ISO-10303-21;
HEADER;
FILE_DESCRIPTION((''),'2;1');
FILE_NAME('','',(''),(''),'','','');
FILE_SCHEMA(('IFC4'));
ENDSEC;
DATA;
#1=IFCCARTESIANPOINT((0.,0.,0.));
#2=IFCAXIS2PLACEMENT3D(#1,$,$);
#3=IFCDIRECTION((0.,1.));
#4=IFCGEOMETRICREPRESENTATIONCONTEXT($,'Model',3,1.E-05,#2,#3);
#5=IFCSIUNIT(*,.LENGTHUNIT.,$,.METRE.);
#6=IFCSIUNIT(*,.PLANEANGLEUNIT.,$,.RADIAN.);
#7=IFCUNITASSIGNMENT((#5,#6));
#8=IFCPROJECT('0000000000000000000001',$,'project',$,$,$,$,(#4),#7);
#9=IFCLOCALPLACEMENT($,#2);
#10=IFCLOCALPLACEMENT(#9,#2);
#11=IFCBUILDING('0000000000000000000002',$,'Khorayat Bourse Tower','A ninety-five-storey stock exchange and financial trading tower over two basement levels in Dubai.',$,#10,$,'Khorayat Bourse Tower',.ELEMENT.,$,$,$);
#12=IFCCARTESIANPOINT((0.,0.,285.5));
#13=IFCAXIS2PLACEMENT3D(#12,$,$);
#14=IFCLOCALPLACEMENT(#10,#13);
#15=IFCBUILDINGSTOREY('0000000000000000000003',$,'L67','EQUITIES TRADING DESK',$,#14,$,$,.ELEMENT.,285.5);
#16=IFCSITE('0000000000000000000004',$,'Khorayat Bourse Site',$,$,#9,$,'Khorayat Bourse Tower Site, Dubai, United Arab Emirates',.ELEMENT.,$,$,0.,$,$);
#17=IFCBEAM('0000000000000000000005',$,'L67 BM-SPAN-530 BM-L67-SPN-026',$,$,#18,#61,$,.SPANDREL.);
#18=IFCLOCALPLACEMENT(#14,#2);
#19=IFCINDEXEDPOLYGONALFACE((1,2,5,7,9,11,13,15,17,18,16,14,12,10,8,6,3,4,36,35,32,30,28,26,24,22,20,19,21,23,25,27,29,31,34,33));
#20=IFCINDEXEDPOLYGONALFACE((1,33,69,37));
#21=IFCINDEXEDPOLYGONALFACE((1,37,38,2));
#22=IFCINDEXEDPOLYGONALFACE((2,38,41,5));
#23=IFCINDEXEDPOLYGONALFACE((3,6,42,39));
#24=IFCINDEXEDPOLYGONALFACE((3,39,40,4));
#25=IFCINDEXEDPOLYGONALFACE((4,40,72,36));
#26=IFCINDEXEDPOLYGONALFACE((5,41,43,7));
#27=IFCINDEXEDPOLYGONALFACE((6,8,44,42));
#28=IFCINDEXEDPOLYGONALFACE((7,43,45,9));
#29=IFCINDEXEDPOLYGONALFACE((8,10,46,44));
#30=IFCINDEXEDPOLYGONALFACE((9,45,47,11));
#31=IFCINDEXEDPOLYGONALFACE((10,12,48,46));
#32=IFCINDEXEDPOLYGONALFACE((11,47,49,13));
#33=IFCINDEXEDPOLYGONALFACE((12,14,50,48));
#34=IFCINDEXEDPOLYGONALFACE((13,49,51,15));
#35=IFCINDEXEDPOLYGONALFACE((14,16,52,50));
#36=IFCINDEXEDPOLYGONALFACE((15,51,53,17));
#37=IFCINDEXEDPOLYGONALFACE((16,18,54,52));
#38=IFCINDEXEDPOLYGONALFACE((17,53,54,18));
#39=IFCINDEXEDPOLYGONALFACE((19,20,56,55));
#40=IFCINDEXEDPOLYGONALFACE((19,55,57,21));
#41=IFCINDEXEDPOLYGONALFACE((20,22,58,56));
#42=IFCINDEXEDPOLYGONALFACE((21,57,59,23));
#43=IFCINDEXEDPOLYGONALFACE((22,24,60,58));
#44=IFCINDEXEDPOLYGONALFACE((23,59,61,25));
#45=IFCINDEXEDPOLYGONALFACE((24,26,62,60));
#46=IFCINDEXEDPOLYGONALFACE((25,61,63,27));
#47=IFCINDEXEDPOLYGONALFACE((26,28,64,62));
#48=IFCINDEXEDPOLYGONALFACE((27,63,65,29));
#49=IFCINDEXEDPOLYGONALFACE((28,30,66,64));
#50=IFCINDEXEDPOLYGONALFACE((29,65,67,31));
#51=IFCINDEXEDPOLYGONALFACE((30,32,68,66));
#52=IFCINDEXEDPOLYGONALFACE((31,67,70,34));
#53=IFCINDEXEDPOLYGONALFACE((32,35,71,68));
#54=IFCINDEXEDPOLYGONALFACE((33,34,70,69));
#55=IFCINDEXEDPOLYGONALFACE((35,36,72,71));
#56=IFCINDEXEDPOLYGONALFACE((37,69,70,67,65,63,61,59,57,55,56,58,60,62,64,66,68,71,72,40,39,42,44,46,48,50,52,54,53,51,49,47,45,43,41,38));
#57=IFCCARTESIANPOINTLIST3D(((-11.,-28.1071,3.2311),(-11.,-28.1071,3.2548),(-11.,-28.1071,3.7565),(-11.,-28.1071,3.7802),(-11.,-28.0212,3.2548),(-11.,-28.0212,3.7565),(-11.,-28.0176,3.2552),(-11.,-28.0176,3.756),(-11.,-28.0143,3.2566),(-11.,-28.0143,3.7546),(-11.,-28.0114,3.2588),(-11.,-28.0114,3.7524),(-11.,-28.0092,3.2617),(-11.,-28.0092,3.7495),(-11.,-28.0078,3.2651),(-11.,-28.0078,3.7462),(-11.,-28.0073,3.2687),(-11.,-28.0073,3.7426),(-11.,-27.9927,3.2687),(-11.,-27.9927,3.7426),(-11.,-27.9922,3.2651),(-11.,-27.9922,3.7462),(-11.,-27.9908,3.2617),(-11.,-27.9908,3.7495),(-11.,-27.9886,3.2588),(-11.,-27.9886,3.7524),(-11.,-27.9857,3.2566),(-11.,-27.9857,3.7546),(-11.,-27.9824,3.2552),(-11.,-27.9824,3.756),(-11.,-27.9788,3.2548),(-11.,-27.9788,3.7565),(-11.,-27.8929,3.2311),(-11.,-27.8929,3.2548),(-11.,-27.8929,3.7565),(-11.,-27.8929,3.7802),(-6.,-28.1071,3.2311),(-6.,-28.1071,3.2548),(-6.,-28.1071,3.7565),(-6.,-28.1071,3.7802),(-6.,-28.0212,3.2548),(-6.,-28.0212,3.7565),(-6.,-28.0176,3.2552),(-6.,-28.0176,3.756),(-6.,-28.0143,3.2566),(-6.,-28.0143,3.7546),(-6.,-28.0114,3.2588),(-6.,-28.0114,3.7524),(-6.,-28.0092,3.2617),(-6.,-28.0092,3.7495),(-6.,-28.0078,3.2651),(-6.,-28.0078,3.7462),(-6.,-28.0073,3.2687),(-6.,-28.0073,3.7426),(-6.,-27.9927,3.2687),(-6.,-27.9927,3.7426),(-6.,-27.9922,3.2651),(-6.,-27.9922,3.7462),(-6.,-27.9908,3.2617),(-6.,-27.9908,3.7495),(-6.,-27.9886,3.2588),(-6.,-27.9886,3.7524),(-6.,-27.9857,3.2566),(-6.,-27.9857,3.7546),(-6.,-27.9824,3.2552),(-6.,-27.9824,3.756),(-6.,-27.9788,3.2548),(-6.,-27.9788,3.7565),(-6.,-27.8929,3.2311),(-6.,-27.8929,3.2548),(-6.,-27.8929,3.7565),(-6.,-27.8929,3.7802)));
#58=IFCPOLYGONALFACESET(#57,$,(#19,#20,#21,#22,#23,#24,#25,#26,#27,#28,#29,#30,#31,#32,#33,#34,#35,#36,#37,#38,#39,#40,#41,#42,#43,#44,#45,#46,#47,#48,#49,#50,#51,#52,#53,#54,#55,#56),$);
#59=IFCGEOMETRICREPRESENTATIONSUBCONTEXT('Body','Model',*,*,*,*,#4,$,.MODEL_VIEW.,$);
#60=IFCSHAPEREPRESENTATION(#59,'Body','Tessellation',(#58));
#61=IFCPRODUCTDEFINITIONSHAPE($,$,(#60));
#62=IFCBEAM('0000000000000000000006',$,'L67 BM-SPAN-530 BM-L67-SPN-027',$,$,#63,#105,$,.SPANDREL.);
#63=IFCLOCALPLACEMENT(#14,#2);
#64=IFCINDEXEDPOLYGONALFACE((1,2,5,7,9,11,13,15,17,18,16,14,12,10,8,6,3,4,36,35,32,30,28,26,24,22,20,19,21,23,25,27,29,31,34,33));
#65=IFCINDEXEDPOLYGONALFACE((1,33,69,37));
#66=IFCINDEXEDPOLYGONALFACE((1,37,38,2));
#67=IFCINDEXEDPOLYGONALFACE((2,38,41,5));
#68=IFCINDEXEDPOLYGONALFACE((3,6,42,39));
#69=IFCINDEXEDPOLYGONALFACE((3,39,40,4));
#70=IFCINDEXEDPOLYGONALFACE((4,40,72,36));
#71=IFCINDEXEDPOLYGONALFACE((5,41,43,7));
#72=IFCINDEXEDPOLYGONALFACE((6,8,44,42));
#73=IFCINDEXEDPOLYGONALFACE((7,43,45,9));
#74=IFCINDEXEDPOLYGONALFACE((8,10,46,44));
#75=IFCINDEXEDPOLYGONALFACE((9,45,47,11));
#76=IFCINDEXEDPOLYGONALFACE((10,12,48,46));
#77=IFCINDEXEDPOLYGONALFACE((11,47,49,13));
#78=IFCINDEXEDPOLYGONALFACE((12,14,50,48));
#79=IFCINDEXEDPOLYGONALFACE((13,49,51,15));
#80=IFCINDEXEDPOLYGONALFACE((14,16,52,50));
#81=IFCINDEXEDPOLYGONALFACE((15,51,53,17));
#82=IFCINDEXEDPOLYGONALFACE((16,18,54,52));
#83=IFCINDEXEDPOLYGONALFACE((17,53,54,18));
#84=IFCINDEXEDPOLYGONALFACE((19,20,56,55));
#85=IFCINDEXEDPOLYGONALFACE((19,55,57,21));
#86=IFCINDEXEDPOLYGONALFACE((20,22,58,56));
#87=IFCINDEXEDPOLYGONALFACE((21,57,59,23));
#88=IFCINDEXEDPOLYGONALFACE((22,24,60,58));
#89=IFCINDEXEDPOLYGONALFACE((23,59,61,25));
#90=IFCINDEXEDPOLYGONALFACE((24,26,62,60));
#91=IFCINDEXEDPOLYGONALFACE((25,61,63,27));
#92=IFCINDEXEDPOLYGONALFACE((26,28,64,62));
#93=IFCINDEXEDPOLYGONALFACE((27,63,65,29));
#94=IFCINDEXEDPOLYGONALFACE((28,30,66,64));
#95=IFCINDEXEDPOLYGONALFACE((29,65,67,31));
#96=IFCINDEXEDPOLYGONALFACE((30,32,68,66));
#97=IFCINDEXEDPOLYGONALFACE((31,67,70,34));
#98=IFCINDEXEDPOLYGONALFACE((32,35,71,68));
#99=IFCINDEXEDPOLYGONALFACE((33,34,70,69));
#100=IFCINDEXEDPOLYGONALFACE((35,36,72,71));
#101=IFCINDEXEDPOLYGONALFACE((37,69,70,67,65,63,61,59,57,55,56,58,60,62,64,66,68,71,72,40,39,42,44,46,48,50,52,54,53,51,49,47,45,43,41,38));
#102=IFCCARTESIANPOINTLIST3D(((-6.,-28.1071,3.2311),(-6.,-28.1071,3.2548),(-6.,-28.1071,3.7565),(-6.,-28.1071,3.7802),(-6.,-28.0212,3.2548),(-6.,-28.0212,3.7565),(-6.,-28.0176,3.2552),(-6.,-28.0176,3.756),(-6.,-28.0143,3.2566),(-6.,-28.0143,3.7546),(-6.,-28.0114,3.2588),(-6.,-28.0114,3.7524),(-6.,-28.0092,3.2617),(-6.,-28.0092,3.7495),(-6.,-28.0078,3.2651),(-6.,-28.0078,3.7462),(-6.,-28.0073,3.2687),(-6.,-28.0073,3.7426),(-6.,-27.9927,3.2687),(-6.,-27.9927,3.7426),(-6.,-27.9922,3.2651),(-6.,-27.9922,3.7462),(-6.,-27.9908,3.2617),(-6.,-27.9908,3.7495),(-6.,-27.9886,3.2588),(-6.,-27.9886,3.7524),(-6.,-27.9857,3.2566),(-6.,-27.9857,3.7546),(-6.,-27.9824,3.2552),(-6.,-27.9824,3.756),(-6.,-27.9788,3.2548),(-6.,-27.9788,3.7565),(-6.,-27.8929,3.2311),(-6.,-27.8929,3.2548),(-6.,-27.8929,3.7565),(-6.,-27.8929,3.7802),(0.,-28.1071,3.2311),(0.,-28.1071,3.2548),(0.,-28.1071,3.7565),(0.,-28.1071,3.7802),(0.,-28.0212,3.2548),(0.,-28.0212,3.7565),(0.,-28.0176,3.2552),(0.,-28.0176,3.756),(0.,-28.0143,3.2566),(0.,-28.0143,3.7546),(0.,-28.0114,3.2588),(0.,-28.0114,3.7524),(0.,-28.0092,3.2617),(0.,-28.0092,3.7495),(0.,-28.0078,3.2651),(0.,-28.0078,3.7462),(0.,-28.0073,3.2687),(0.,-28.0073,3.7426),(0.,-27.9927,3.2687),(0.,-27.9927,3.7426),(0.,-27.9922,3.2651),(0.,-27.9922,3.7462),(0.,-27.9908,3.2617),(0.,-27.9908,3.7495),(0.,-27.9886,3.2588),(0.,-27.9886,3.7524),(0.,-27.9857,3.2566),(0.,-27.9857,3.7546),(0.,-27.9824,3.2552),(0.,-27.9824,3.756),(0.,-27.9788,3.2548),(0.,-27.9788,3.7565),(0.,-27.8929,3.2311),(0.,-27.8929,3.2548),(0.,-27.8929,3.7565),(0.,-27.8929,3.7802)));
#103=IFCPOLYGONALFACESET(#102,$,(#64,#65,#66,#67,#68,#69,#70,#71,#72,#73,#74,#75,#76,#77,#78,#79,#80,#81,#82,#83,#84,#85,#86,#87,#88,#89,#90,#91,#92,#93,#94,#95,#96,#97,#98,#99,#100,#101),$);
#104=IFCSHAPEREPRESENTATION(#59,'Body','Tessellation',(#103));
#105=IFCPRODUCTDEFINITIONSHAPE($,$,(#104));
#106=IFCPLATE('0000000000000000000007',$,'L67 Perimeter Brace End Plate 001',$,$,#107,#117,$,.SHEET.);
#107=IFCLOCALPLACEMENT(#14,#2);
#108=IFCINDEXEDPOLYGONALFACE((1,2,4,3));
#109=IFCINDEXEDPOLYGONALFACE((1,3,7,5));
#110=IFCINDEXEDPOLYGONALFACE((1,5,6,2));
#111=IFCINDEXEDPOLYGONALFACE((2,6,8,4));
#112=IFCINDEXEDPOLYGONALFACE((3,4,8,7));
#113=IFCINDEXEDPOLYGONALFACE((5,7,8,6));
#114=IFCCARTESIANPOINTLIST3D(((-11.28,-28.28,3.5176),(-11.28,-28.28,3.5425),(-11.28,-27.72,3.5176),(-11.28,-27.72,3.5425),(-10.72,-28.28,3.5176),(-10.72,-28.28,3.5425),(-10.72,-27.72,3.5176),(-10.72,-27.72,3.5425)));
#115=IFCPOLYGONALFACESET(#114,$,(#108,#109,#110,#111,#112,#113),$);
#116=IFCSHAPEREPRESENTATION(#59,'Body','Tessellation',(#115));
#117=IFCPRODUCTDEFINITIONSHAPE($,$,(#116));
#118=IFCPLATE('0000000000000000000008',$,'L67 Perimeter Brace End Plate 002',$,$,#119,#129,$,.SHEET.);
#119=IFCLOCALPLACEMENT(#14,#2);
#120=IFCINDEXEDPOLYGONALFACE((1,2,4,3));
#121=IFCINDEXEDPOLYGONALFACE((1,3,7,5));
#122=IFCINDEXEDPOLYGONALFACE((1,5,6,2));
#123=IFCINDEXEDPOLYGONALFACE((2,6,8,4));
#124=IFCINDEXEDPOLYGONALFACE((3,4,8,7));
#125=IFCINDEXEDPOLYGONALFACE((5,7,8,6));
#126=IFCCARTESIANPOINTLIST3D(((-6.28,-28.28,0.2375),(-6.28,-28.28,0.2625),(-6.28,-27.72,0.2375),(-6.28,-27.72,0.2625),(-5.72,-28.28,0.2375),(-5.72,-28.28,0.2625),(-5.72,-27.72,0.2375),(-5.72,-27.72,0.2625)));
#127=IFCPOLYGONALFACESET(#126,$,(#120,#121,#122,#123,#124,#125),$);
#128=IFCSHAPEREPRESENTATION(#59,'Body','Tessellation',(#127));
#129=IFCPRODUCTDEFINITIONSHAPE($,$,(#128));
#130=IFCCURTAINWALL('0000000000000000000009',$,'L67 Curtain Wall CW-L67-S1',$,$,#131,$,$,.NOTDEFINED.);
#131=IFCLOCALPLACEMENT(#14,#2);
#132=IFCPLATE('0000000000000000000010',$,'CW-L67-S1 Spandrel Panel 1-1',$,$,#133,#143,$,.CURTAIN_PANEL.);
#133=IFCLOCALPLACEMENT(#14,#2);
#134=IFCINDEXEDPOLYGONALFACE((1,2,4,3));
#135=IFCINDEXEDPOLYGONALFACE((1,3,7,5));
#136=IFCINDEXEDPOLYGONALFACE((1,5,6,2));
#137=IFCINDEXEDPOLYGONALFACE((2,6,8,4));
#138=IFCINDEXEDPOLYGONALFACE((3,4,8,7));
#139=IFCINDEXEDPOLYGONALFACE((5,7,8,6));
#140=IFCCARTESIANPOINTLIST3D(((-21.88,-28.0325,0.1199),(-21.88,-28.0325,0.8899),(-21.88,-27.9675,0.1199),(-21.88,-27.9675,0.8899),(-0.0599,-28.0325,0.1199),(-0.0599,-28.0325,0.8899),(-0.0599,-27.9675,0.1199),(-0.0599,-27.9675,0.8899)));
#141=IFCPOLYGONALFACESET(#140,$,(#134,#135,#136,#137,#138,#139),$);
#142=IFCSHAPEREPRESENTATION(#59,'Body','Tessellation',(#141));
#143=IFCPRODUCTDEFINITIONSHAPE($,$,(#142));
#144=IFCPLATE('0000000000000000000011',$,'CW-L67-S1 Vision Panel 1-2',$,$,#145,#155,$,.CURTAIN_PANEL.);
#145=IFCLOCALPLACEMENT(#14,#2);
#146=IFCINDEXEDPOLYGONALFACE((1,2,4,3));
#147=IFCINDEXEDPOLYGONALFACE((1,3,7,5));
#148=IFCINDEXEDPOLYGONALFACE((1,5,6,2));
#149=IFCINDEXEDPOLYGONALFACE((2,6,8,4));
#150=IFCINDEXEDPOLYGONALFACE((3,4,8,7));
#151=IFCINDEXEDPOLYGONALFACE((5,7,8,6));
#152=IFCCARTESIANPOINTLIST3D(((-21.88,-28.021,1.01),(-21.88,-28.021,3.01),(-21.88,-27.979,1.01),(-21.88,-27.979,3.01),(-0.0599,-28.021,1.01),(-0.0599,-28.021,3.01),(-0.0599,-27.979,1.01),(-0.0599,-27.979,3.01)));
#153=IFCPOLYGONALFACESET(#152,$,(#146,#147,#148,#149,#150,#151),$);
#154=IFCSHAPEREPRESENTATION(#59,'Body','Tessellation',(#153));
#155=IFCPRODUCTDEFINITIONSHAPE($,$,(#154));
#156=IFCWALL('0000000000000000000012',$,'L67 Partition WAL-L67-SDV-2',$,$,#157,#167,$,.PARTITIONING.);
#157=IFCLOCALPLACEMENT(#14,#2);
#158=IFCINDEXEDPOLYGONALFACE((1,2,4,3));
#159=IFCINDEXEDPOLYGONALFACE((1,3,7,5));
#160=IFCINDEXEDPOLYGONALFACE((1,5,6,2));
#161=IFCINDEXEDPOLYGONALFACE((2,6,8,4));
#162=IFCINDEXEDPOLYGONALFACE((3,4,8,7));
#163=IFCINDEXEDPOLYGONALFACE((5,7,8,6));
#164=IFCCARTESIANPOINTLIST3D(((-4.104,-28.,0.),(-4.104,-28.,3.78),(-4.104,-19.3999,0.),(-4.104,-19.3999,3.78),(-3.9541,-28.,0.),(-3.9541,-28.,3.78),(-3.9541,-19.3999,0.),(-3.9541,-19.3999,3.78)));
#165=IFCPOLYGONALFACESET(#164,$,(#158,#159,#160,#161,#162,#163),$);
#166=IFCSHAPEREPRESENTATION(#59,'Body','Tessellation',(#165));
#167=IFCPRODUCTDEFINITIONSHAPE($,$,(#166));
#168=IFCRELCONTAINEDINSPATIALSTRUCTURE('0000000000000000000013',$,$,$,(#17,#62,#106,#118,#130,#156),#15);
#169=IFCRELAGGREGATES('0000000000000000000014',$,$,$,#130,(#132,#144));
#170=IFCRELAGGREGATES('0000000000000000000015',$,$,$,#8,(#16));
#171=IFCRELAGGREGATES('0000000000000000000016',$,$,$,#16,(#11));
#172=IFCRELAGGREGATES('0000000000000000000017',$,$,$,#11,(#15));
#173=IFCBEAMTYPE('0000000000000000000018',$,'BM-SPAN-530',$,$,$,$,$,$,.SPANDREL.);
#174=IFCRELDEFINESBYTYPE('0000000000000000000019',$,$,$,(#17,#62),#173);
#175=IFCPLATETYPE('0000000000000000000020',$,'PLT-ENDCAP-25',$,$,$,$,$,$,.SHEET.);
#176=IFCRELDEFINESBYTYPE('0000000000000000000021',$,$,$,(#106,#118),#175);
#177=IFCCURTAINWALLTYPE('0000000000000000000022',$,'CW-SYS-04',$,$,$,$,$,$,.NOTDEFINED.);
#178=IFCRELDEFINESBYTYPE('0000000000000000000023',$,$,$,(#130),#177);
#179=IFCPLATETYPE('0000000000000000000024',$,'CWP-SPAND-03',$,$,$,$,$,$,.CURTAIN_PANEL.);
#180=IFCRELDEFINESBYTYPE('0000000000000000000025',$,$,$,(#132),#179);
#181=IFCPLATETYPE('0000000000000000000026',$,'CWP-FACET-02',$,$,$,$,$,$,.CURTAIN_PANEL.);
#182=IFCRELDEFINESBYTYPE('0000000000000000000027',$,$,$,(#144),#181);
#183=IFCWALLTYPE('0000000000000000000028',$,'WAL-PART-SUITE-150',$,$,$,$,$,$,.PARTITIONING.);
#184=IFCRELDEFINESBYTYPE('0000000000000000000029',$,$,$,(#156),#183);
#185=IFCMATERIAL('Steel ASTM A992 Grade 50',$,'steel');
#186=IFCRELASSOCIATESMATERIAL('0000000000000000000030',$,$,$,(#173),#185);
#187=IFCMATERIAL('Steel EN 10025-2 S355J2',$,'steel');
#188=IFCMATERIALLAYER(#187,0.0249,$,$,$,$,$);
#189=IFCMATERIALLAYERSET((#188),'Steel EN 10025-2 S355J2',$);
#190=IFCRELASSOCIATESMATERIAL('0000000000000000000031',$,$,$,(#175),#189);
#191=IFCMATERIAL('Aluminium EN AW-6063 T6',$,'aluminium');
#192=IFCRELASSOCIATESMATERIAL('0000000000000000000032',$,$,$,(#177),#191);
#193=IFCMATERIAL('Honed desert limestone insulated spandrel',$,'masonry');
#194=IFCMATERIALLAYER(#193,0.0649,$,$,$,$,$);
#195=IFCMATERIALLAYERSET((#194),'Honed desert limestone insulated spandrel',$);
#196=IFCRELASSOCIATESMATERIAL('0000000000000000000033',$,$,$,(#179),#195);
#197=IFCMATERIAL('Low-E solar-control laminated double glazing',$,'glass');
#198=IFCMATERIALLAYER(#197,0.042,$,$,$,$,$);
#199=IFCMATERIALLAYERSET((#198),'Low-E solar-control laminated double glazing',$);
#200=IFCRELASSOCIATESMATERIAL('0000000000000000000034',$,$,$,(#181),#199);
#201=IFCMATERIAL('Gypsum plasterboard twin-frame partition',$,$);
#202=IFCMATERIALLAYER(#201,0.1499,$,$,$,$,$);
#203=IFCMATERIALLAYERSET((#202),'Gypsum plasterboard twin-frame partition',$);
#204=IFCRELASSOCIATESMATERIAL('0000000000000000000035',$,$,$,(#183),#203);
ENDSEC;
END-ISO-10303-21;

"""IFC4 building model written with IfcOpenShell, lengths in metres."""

from ifc_helpers import new_model, si_unit, direction, frame, frame_2d, origin, origin_2d, place, context, subcontext, project, spatial, rectangle, i_section, extrude, source, transform, mapped, material, layer, layer_set, material_profile, profile_set, type_object, element, aggregate, save


model = new_model("IFC4")

# Units and contexts
model_context = context("Model", 3, precision=1e-05, world=origin(), true_north=direction((0.0, 1.0)))
body_context = subcontext(model_context, "Body", "Model", "MODEL_VIEW")
ifc_project = project(units=[si_unit("LENGTHUNIT", "METRE"), si_unit("PLANEANGLEUNIT", "RADIAN")], contexts=[model_context])

# Site, building, storey
site_placement = place(None, origin())
site = spatial("IfcSite", under=ifc_project, at=site_placement, Name="Khorayat Bourse Site", LongName="Khorayat Bourse Tower Site, Dubai, United Arab Emirates", CompositionType="ELEMENT", RefElevation=0.0)
building_placement = place(site_placement, origin())
building = spatial("IfcBuilding", under=site, at=building_placement, Name="Khorayat Bourse Tower", Description="A ninety-five-storey stock exchange and financial trading tower over two basement levels in Dubai.", LongName="Khorayat Bourse Tower", CompositionType="ELEMENT")
storey_placement = place(building_placement, frame((0.0, 0.0, 285.5)))
storey = spatial("IfcBuildingStorey", under=building, at=storey_placement, Name="L67", Description="EQUITIES TRADING DESK", CompositionType="ELEMENT", Elevation=285.5)

# Beams
ifc_material_1 = material(Name="Steel ASTM A992 Grade 50", Category="steel")
ifc_material_profile_1 = material_profile(ifc_material_1, i_section(OverallWidth=0.2141, OverallDepth=0.5491, WebThickness=0.0146, FlangeThickness=0.0237, FilletRadius=0.0139, at=origin_2d()), Name="W530X138")
ifc_profile_set_1 = profile_set([ifc_material_profile_1], Name="Steel ASTM A992 Grade 50")
beam_type_1 = type_object("IfcBeamType", Name="BM-SPAN-530", PredefinedType="SPANDREL", material=ifc_profile_set_1)
shared_shape_1 = source(origin(), body_context, "Body", "SweptSolid", [
    extrude(i_section(OverallWidth=0.2141, OverallDepth=0.5491, WebThickness=0.0146, FlangeThickness=0.0237, FilletRadius=0.0139, at=origin_2d()), origin(), (0.0, 0.0, 1.0), 5.0),
])
beam_1_placement = place(storey_placement, frame((-11.0, -28.0, 3.5056), z_axis=(1.0, 0.0, 0.0), x_axis=(0.0, 1.0, 0.0)))
element("IfcBeam", 1, at=beam_1_placement, inside=storey, type_object=beam_type_1, Name="L67 BM-SPAN-530 BM-L67-SPN-026", PredefinedType="SPANDREL", context=body_context, shape_type="MappedRepresentation", body=[
    mapped(shared_shape_1, transform((0.0, 0.0, 0.0), scale=1.0)),
])
shared_shape_2 = source(origin(), body_context, "Body", "SweptSolid", [
    extrude(i_section(OverallWidth=0.2141, OverallDepth=0.5491, WebThickness=0.0146, FlangeThickness=0.0237, FilletRadius=0.0139, at=origin_2d()), origin(), (0.0, 0.0, 1.0), 6.0),
])
beam_2_placement = place(storey_placement, frame((-6.0, -28.0, 3.5056), z_axis=(1.0, 0.0, 0.0), x_axis=(0.0, 1.0, 0.0)))
element("IfcBeam", 2, at=beam_2_placement, inside=storey, type_object=beam_type_1, Name="L67 BM-SPAN-530 BM-L67-SPN-027", PredefinedType="SPANDREL", context=body_context, shape_type="MappedRepresentation", body=[
    mapped(shared_shape_2, transform((0.0, 0.0, 0.0), scale=1.0)),
])

# Plates
ifc_material_2 = material(Name="Steel EN 10025-2 S355J2", Category="steel")
ifc_layer_1 = layer(ifc_material_2, 0.0249)
ifc_layer_set_1 = layer_set([ifc_layer_1], Name="Steel EN 10025-2 S355J2")
plate_type_1 = type_object("IfcPlateType", Name="PLT-ENDCAP-25", PredefinedType="SHEET", material=ifc_layer_set_1)
shared_shape_3 = source(origin(), body_context, "Body", "SweptSolid", [
    extrude(rectangle(XDim=0.5601, YDim=0.5601, at=origin_2d()), origin(), (0.0, 0.0, 1.0), 0.0249),
])
for number, where, z_axis, x_axis, name in (
    (3, (-11.0, -28.0, 3.5176), (0.0, 0.0, 1.0), (1.0, 0.0, 0.0), "L67 Perimeter Brace End Plate 001"),
    (4, (-6.0, -28.0, 0.2375), (0.0, 0.0, 1.0), (1.0, 0.0, 0.0), "L67 Perimeter Brace End Plate 002"),
):
    element("IfcPlate", number, at=place(storey_placement, frame(where, z_axis=z_axis, x_axis=x_axis)), inside=storey, type_object=plate_type_1, Name=name, PredefinedType="SHEET", context=body_context, shape_type="MappedRepresentation", body=[
        mapped(shared_shape_3, transform((0.0, 0.0, 0.0), scale=1.0)),
    ])

# Curtain wall, plates
ifc_material_3 = material(Name="Aluminium EN AW-6063 T6", Category="aluminium")
curtain_wall_type = type_object("IfcCurtainWallType", Name="CW-SYS-04", PredefinedType="NOTDEFINED", material=ifc_material_3)
curtain_wall_placement = place(storey_placement, origin())
curtain_wall = element("IfcCurtainWall", 5, at=curtain_wall_placement, inside=storey, type_object=curtain_wall_type, Name="L67 Curtain Wall CW-L67-S1", PredefinedType="NOTDEFINED")
ifc_material_4 = material(Name="Honed desert limestone insulated spandrel", Category="masonry")
ifc_layer_2 = layer(ifc_material_4, 0.0649)
ifc_layer_set_2 = layer_set([ifc_layer_2], Name="Honed desert limestone insulated spandrel")
plate_type_2 = type_object("IfcPlateType", Name="CWP-SPAND-03", PredefinedType="CURTAIN_PANEL", material=ifc_layer_set_2)
shared_shape_4 = source(origin(), body_context, "Body", "SweptSolid", [
    extrude(rectangle(XDim=21.8201, YDim=0.0649, at=origin_2d()), origin(), (0.0, 0.0, 1.0), 0.77),
])
plate_1_placement = place(storey_placement, frame((-10.97, -28.0, 0.1199), z_axis=(0.0, 0.0, 1.0), x_axis=(1.0, 0.0, 0.0)))
plate_1 = element("IfcPlate", 6, at=plate_1_placement, type_object=plate_type_2, Name="CW-L67-S1 Spandrel Panel 1-1", PredefinedType="CURTAIN_PANEL", context=body_context, shape_type="MappedRepresentation", body=[
    mapped(shared_shape_4, transform((0.0, 0.0, 0.0), scale=1.0)),
])
ifc_material_5 = material(Name="Low-E solar-control laminated double glazing", Category="glass")
ifc_layer_3 = layer(ifc_material_5, 0.042)
ifc_layer_set_3 = layer_set([ifc_layer_3], Name="Low-E solar-control laminated double glazing")
plate_type_3 = type_object("IfcPlateType", Name="CWP-FACET-02", PredefinedType="CURTAIN_PANEL", material=ifc_layer_set_3)
shared_shape_5 = source(origin(), body_context, "Body", "SweptSolid", [
    extrude(rectangle(XDim=21.8201, YDim=0.042, at=origin_2d()), origin(), (0.0, 0.0, 1.0), 2.0),
])
plate_2_placement = place(storey_placement, frame((-10.97, -28.0, 1.01), z_axis=(0.0, 0.0, 1.0), x_axis=(1.0, 0.0, 0.0)))
plate_2 = element("IfcPlate", 7, at=plate_2_placement, type_object=plate_type_3, Name="CW-L67-S1 Vision Panel 1-2", PredefinedType="CURTAIN_PANEL", context=body_context, shape_type="MappedRepresentation", body=[
    mapped(shared_shape_5, transform((0.0, 0.0, 0.0), scale=1.0)),
])
aggregate(curtain_wall, [plate_1, plate_2])

# Wall
ifc_material_6 = material(Name="Gypsum plasterboard twin-frame partition")
ifc_layer_4 = layer(ifc_material_6, 0.1499)
ifc_layer_set_4 = layer_set([ifc_layer_4], Name="Gypsum plasterboard twin-frame partition")
wall_type_1 = type_object("IfcWallType", Name="WAL-PART-SUITE-150", PredefinedType="PARTITIONING", material=ifc_layer_set_4)
shared_shape_6 = source(origin(), body_context, "Body", "SweptSolid", [
    extrude(rectangle(XDim=8.6001, YDim=0.1499, at=frame_2d((4.3, 0.0))), origin(), (0.0, 0.0, 1.0), 3.78),
])
wall_1_placement = place(storey_placement, frame((-4.0291, -28.0, 0.0), z_axis=(0.0, 0.0, 1.0), x_axis=(0.0, 1.0, 0.0)))
element("IfcWall", 8, at=wall_1_placement, inside=storey, type_object=wall_type_1, Name="L67 Partition WAL-L67-SDV-2", PredefinedType="PARTITIONING", context=body_context, shape_type="MappedRepresentation", body=[
    mapped(shared_shape_6, transform((0.0, 0.0, 0.0), scale=1.0)),
])

save(model, "model.ifc")
